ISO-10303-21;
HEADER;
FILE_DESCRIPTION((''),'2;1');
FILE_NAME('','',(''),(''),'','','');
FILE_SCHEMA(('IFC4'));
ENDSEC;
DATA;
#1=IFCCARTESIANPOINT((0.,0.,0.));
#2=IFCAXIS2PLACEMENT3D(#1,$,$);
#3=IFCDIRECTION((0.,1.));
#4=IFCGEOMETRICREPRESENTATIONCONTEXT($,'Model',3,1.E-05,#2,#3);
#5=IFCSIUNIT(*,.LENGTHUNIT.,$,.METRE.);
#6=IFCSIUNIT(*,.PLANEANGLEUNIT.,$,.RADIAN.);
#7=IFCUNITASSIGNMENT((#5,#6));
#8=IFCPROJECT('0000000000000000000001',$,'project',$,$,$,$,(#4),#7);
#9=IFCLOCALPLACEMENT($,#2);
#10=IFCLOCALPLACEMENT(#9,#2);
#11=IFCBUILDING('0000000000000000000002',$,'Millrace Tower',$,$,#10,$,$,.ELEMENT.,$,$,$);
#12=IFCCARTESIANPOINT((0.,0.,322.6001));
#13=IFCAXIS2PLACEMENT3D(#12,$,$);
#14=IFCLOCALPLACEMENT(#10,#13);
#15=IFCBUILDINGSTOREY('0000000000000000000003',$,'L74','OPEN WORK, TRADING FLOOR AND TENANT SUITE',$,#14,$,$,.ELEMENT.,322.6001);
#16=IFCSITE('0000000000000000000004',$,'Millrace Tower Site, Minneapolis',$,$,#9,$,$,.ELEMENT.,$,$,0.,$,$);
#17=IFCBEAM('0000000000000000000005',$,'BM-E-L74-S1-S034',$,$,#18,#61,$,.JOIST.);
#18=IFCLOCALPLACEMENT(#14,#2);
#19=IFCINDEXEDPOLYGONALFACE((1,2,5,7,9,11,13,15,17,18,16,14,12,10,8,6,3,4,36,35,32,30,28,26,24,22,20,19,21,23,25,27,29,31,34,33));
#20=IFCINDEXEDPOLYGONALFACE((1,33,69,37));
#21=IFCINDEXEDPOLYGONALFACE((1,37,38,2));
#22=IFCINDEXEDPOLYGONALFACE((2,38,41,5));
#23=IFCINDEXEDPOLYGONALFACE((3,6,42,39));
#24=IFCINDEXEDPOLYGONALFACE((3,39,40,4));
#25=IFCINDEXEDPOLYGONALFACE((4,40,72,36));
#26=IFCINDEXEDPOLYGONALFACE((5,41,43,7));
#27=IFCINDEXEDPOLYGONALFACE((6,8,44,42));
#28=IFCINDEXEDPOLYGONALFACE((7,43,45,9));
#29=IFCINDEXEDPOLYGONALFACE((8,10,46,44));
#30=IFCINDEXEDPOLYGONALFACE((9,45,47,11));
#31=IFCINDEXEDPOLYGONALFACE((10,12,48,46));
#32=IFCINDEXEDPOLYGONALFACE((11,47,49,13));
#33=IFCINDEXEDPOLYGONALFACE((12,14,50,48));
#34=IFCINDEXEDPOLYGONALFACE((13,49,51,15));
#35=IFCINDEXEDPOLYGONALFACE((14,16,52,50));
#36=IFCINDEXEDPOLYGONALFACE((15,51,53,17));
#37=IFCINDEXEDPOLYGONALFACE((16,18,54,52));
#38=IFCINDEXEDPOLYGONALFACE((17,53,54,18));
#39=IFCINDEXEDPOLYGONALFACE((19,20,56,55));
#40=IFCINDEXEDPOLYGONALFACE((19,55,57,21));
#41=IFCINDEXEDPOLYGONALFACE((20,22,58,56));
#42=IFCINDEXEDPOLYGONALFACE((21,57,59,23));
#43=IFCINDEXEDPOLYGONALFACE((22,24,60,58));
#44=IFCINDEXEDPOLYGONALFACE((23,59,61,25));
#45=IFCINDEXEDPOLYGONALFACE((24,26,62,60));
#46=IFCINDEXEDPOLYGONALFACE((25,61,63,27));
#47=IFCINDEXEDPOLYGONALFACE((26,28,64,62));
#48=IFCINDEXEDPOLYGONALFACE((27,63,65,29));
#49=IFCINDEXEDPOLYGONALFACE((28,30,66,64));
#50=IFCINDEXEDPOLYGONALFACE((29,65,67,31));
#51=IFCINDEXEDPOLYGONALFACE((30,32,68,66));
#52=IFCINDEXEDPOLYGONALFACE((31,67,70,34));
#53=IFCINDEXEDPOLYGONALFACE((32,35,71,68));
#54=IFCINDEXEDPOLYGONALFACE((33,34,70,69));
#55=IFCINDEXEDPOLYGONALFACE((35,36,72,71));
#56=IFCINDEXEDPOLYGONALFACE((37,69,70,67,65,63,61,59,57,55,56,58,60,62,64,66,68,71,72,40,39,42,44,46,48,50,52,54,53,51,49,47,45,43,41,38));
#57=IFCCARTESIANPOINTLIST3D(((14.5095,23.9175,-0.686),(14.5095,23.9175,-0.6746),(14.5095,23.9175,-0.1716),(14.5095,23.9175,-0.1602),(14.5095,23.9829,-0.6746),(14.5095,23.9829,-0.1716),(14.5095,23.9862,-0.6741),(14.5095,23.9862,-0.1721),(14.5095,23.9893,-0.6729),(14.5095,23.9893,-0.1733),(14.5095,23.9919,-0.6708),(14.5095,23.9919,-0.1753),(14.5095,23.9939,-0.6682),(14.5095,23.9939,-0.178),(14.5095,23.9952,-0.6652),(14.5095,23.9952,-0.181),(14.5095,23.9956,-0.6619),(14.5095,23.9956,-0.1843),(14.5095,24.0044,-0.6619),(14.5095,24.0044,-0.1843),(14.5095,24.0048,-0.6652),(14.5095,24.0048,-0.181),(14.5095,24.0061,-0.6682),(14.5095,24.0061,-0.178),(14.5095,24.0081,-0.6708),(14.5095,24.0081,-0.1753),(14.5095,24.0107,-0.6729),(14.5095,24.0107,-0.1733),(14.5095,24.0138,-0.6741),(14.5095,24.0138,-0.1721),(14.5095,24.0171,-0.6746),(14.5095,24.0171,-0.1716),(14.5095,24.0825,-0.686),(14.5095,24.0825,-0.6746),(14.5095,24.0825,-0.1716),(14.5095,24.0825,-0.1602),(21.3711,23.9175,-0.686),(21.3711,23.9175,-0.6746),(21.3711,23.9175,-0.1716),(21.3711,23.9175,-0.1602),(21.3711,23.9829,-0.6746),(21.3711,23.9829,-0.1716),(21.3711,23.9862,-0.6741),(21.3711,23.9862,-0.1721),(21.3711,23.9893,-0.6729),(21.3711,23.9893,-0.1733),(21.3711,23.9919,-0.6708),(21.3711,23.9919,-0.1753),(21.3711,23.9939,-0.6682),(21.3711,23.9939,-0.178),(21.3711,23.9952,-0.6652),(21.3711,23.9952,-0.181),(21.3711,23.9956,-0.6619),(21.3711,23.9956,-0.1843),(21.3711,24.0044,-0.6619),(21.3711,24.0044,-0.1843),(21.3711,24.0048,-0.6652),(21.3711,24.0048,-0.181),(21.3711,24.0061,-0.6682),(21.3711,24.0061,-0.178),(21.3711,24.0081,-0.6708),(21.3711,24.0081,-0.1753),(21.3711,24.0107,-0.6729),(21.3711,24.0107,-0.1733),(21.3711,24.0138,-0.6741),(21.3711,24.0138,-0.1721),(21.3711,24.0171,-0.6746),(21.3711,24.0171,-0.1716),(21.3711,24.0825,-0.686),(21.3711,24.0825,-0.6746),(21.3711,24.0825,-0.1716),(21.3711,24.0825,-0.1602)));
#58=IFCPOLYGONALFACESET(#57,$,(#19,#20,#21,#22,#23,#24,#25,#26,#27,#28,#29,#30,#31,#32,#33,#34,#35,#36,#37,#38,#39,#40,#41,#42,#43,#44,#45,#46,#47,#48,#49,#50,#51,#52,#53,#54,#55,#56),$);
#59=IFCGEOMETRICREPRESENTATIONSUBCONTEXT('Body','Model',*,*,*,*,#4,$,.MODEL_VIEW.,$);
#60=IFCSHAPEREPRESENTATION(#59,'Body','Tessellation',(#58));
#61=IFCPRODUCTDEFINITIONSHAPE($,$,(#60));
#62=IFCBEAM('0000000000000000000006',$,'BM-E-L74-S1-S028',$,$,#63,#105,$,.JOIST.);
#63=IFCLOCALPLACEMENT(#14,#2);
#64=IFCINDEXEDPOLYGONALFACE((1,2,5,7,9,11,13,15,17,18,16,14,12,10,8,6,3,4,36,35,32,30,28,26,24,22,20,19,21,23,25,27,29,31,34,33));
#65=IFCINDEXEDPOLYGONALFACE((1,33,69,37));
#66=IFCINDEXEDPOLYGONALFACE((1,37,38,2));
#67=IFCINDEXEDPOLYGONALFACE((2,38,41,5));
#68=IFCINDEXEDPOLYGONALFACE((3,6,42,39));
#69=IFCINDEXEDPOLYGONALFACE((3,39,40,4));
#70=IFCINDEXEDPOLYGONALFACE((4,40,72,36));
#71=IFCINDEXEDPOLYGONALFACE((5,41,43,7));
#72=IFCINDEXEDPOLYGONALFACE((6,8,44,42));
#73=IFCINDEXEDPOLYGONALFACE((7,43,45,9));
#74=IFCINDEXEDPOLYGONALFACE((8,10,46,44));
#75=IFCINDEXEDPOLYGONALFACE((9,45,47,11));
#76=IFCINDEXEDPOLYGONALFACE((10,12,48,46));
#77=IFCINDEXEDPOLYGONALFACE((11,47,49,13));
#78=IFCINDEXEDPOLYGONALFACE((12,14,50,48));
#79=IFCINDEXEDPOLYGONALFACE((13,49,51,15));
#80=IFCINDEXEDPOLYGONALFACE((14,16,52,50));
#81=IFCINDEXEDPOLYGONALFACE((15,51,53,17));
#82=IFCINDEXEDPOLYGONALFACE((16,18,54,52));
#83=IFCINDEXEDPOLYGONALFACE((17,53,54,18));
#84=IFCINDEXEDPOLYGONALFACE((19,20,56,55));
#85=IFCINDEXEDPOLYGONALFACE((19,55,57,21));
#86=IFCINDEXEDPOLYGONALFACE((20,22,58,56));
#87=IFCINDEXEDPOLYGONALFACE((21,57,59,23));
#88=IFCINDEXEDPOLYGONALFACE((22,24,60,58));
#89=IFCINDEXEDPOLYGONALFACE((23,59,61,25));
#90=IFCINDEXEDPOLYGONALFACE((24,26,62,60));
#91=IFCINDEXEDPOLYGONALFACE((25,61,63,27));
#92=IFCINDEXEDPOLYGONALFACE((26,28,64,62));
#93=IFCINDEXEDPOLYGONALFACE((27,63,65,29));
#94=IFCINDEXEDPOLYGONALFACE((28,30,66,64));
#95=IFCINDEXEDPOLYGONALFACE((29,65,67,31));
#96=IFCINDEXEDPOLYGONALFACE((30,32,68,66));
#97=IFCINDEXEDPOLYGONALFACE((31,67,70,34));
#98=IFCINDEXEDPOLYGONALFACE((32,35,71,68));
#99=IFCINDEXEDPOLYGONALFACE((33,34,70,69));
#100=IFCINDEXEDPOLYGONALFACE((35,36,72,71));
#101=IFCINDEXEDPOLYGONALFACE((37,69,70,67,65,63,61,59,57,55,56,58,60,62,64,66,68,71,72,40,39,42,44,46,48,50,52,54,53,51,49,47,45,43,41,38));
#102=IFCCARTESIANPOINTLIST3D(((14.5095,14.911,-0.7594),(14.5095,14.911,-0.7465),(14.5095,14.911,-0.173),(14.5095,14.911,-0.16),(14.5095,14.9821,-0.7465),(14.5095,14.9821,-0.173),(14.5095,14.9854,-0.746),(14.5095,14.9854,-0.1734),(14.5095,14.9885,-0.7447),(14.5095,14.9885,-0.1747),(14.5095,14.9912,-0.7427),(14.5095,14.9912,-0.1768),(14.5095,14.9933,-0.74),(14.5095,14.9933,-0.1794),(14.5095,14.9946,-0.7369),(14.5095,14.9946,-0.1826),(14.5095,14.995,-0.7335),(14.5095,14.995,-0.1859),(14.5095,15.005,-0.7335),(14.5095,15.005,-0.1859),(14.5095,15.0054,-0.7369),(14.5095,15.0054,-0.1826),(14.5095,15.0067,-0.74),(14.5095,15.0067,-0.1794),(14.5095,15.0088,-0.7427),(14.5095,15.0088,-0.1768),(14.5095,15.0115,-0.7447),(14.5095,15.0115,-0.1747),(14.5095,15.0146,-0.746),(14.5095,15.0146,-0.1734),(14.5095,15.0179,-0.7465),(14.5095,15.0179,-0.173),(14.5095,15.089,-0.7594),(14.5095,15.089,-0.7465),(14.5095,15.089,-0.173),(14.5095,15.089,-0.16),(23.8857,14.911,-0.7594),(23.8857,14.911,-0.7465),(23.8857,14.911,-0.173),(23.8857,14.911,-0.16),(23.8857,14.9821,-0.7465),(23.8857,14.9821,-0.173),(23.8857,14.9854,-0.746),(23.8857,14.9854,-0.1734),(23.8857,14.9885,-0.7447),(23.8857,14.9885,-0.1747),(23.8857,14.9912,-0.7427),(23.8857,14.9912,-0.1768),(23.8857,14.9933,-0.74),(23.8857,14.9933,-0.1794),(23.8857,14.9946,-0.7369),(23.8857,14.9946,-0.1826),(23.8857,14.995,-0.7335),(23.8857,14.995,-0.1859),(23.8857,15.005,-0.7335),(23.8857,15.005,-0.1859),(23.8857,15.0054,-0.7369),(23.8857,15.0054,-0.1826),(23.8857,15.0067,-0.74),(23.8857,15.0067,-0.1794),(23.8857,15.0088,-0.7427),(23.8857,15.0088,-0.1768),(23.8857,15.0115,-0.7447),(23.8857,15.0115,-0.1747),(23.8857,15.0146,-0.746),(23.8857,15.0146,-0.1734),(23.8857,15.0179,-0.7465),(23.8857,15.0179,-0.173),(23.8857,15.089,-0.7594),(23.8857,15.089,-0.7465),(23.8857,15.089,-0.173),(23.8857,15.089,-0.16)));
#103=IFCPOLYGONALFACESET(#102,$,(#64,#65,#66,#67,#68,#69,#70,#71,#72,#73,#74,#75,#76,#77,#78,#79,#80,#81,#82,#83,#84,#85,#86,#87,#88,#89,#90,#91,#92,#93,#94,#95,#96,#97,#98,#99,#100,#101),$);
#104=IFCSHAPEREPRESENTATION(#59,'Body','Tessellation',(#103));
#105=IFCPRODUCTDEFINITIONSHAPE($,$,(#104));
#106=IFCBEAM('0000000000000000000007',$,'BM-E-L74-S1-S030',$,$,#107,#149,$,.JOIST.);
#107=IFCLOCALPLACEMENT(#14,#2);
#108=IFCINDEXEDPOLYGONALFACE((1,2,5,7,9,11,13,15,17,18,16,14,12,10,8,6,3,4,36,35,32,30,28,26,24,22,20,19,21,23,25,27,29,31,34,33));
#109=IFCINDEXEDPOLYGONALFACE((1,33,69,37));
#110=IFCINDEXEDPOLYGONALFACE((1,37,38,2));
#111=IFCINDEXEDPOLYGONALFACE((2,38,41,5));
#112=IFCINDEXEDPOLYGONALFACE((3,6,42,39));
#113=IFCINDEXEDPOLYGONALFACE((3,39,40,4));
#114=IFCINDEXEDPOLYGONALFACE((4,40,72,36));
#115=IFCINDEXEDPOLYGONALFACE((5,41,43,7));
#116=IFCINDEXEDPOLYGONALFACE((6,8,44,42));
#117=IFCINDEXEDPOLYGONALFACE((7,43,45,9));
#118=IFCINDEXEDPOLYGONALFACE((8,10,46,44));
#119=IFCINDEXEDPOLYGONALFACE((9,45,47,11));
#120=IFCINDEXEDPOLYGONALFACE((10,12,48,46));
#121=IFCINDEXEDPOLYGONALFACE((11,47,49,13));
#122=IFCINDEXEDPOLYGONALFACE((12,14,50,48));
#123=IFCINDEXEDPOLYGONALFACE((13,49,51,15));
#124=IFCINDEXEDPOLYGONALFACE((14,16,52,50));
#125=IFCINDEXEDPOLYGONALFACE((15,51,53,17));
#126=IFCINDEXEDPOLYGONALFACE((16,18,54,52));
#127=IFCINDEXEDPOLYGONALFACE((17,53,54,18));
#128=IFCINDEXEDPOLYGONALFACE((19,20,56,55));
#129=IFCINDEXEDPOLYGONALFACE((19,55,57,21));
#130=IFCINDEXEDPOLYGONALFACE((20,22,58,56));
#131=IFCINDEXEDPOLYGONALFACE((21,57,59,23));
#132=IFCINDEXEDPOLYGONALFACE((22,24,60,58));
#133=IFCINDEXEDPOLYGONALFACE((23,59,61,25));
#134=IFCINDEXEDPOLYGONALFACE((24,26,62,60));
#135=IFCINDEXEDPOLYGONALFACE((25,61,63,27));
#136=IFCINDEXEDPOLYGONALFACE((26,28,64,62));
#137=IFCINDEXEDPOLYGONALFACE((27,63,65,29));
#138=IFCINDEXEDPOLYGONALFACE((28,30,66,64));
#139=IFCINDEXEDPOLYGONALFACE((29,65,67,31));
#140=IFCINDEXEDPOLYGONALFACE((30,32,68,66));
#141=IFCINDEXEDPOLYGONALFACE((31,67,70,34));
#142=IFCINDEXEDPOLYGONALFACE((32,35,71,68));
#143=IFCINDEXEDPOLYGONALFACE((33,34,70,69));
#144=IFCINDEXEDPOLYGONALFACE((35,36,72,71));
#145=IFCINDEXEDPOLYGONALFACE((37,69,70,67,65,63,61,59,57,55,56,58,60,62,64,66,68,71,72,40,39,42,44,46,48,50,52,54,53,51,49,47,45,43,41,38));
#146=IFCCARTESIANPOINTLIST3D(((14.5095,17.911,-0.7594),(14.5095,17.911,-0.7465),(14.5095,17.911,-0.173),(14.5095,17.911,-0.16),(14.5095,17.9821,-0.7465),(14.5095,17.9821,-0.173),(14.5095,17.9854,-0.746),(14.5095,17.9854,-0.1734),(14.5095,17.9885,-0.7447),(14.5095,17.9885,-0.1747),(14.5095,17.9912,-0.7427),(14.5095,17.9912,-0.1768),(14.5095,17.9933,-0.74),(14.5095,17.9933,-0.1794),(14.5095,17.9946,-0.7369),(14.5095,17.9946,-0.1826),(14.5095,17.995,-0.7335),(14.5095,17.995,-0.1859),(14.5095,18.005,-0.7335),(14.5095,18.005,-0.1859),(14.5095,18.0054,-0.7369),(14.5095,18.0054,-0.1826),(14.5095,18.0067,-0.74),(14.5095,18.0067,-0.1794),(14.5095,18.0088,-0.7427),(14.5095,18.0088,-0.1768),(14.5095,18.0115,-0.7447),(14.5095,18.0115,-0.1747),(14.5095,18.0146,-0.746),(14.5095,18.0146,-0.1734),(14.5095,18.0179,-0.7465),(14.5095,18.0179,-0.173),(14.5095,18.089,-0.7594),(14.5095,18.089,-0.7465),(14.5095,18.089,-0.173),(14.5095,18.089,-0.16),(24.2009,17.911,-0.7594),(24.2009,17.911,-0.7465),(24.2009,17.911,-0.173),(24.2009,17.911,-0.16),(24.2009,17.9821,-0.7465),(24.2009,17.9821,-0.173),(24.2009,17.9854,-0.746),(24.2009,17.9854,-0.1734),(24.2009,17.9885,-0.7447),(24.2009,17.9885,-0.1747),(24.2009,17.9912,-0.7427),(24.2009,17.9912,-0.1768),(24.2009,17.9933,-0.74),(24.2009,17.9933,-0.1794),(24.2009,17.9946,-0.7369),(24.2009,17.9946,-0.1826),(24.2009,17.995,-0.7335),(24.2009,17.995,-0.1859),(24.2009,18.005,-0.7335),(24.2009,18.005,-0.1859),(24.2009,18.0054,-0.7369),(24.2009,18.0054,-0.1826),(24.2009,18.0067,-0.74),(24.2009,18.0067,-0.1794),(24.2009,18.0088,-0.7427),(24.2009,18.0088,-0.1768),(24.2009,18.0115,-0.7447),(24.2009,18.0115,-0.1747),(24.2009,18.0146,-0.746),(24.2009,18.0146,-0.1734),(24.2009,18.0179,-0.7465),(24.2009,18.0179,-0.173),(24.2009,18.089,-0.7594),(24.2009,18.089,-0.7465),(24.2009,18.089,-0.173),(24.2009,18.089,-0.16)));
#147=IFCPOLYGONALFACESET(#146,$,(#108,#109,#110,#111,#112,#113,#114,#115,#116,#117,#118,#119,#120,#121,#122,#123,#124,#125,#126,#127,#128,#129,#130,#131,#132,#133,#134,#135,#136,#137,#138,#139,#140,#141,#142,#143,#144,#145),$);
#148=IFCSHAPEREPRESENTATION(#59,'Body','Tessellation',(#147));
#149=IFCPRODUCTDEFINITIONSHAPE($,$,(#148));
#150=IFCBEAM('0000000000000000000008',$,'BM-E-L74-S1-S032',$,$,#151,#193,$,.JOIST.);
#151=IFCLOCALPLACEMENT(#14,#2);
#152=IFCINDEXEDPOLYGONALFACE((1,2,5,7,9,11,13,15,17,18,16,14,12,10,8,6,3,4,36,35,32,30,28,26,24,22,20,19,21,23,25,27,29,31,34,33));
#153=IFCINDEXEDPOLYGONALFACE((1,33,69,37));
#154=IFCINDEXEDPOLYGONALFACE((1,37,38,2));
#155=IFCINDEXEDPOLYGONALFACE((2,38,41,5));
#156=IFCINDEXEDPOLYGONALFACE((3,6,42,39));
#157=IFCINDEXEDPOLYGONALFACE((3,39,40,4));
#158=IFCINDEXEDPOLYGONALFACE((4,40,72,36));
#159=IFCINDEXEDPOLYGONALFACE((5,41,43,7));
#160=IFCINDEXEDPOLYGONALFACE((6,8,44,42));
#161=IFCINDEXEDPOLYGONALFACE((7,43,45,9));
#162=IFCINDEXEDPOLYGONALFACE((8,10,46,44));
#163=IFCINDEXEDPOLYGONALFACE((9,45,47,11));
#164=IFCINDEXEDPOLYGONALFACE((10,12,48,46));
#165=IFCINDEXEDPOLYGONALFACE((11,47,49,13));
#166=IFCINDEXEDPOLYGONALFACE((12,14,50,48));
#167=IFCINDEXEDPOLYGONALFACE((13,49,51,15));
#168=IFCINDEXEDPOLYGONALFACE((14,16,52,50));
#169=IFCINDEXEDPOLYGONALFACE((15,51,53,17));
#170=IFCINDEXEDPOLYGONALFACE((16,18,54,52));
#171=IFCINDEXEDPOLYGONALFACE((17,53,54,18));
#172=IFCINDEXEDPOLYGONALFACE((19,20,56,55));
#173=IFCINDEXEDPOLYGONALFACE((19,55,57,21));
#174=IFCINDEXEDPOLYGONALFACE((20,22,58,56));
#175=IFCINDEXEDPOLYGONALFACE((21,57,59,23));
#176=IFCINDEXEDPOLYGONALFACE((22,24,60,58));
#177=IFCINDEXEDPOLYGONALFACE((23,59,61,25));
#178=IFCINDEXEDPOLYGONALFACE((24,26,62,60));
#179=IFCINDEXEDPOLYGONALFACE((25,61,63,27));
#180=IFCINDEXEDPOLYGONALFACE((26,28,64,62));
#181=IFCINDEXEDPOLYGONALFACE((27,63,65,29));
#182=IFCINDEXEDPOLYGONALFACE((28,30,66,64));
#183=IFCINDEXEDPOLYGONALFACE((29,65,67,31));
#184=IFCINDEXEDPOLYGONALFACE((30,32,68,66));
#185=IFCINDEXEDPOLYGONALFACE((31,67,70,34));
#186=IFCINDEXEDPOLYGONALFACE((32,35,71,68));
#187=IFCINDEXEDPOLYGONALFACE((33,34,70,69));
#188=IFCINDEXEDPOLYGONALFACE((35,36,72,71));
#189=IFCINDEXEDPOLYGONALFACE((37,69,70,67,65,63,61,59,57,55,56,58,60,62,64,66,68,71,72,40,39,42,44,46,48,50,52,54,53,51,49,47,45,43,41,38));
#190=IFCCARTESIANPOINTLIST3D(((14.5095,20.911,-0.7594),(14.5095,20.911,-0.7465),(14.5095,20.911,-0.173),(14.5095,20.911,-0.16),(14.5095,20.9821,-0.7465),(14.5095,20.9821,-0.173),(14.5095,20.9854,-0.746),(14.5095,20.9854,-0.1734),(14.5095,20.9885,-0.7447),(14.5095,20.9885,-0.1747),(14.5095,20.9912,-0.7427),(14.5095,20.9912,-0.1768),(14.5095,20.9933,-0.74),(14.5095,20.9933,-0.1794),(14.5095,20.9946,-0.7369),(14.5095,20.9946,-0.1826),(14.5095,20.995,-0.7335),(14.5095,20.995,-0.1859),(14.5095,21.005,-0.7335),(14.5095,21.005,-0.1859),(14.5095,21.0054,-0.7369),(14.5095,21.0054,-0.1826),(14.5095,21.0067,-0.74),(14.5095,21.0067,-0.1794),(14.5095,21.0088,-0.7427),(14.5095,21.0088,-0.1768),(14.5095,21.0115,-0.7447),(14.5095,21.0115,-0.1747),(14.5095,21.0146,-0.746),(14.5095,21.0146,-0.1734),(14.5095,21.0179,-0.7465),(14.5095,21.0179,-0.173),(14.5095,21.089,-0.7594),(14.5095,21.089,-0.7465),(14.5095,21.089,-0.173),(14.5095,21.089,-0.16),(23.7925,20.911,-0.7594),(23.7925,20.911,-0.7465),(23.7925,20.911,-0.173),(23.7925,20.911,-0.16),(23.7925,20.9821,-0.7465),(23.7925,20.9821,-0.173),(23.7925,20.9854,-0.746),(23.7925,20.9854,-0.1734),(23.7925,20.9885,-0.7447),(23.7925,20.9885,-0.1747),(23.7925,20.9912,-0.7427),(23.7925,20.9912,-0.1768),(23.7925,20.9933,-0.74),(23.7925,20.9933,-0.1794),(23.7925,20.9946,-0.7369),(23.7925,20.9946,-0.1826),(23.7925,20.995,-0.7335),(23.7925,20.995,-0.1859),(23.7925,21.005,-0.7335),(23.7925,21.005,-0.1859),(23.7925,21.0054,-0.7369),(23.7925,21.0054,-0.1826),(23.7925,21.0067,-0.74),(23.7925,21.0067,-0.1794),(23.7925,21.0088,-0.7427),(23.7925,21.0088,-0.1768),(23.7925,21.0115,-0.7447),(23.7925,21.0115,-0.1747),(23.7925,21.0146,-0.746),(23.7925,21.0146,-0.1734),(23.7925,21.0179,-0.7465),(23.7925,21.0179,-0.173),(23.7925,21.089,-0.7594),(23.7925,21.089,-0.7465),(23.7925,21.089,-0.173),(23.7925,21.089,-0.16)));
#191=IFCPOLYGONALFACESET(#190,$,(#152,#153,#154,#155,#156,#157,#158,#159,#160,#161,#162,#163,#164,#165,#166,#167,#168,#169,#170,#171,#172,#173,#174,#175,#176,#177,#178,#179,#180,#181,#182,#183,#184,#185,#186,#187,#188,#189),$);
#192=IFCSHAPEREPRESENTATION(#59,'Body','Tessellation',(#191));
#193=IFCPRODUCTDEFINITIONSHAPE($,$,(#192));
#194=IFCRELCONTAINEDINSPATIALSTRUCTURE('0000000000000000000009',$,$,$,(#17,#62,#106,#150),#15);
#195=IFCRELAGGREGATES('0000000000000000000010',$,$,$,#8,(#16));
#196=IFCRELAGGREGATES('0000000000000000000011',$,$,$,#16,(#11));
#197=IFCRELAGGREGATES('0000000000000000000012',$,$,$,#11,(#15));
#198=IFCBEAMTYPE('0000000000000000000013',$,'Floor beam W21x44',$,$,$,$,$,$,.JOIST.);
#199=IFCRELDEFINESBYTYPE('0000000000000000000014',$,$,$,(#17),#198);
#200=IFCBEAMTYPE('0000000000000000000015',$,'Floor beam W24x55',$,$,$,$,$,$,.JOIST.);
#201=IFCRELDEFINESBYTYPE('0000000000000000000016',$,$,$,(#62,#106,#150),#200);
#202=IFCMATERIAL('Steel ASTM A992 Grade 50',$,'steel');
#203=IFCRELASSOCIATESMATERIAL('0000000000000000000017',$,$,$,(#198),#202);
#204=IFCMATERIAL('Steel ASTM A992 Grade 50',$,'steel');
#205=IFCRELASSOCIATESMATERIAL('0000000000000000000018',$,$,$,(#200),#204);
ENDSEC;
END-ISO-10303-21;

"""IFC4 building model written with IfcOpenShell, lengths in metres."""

from ifc_helpers import new_model, si_unit, direction, frame, origin, origin_2d, place, context, subcontext, project, spatial, i_section, extrude, material, material_profile, profile_set, type_object, element, save


model = new_model("IFC4")

# Units and contexts
model_context = context("Model", 3, precision=1e-05, world=origin(), true_north=direction((0.0, 1.0)))
body_context = subcontext(model_context, "Body", "Model", "MODEL_VIEW")
ifc_project = project(units=[si_unit("LENGTHUNIT", "METRE"), si_unit("PLANEANGLEUNIT", "RADIAN")], contexts=[model_context])

# Site, building, storey
site_placement = place(None, origin())
site = spatial("IfcSite", under=ifc_project, at=site_placement, Name="Millrace Tower Site, Minneapolis", CompositionType="ELEMENT", RefElevation=0.0)
building_placement = place(site_placement, origin())
building = spatial("IfcBuilding", under=site, at=building_placement, Name="Millrace Tower", CompositionType="ELEMENT")
storey_placement = place(building_placement, frame((0.0, 0.0, 322.6001)))
storey = spatial("IfcBuildingStorey", under=building, at=storey_placement, Name="L74", Description="OPEN WORK, TRADING FLOOR AND TENANT SUITE", CompositionType="ELEMENT", Elevation=322.6001)

# Beams
ifc_material_1 = material(Name="Steel ASTM A992 Grade 50", Category="steel")
ifc_material_profile_1 = material_profile(ifc_material_1, i_section(OverallWidth=0.165, OverallDepth=0.5259, WebThickness=0.0088, FlangeThickness=0.0115, FilletRadius=0.0127, at=origin_2d()))
ifc_profile_set_1 = profile_set([ifc_material_profile_1], Name="Steel ASTM A992 Grade 50")
beam_type_1 = type_object("IfcBeamType", Name="Floor beam W21x44", PredefinedType="JOIST", material=ifc_profile_set_1)
beam_1_placement = place(storey_placement, frame((14.5095, 24.0, -0.4231), z_axis=(1.0, 0.0, 0.0), x_axis=(0.0, 1.0, 0.0)))
element("IfcBeam", 1, at=beam_1_placement, inside=storey, type_object=beam_type_1, Name="BM-E-L74-S1-S034", PredefinedType="JOIST", context=body_context, shape_type="SweptSolid", body=[
    extrude(i_section(OverallWidth=0.165, OverallDepth=0.5259, WebThickness=0.0088, FlangeThickness=0.0115, FilletRadius=0.0127, at=origin_2d()), origin(), (0.0, 0.0, 1.0), 6.8616),
])
ifc_material_2 = material(Name="Steel ASTM A992 Grade 50", Category="steel")
ifc_material_profile_2 = material_profile(ifc_material_2, i_section(OverallWidth=0.178, OverallDepth=0.5994, WebThickness=0.01, FlangeThickness=0.0129, FilletRadius=0.0129, at=origin_2d()))
ifc_profile_set_2 = profile_set([ifc_material_profile_2], Name="Steel ASTM A992 Grade 50")
beam_type_2 = type_object("IfcBeamType", Name="Floor beam W24x55", PredefinedType="JOIST", material=ifc_profile_set_2)
beam_2_placement = place(storey_placement, frame((14.5095, 15.0, -0.4597), z_axis=(1.0, 0.0, 0.0), x_axis=(0.0, 1.0, 0.0)))
element("IfcBeam", 2, at=beam_2_placement, inside=storey, type_object=beam_type_2, Name="BM-E-L74-S1-S028", PredefinedType="JOIST", context=body_context, shape_type="SweptSolid", body=[
    extrude(i_section(OverallWidth=0.178, OverallDepth=0.5994, WebThickness=0.01, FlangeThickness=0.0129, FilletRadius=0.0129, at=origin_2d()), origin(), (0.0, 0.0, 1.0), 9.3762),
])
beam_3_placement = place(storey_placement, frame((14.5095, 18.0, -0.4597), z_axis=(1.0, 0.0, 0.0), x_axis=(0.0, 1.0, 0.0)))
element("IfcBeam", 3, at=beam_3_placement, inside=storey, type_object=beam_type_2, Name="BM-E-L74-S1-S030", PredefinedType="JOIST", context=body_context, shape_type="SweptSolid", body=[
    extrude(i_section(OverallWidth=0.178, OverallDepth=0.5994, WebThickness=0.01, FlangeThickness=0.0129, FilletRadius=0.0129, at=origin_2d()), origin(), (0.0, 0.0, 1.0), 9.6914),
])
beam_4_placement = place(storey_placement, frame((14.5095, 21.0, -0.4597), z_axis=(1.0, 0.0, 0.0), x_axis=(0.0, 1.0, 0.0)))
element("IfcBeam", 4, at=beam_4_placement, inside=storey, type_object=beam_type_2, Name="BM-E-L74-S1-S032", PredefinedType="JOIST", context=body_context, shape_type="SweptSolid", body=[
    extrude(i_section(OverallWidth=0.178, OverallDepth=0.5994, WebThickness=0.01, FlangeThickness=0.0129, FilletRadius=0.0129, at=origin_2d()), origin(), (0.0, 0.0, 1.0), 9.283),
])

save(model, "model.ifc")
